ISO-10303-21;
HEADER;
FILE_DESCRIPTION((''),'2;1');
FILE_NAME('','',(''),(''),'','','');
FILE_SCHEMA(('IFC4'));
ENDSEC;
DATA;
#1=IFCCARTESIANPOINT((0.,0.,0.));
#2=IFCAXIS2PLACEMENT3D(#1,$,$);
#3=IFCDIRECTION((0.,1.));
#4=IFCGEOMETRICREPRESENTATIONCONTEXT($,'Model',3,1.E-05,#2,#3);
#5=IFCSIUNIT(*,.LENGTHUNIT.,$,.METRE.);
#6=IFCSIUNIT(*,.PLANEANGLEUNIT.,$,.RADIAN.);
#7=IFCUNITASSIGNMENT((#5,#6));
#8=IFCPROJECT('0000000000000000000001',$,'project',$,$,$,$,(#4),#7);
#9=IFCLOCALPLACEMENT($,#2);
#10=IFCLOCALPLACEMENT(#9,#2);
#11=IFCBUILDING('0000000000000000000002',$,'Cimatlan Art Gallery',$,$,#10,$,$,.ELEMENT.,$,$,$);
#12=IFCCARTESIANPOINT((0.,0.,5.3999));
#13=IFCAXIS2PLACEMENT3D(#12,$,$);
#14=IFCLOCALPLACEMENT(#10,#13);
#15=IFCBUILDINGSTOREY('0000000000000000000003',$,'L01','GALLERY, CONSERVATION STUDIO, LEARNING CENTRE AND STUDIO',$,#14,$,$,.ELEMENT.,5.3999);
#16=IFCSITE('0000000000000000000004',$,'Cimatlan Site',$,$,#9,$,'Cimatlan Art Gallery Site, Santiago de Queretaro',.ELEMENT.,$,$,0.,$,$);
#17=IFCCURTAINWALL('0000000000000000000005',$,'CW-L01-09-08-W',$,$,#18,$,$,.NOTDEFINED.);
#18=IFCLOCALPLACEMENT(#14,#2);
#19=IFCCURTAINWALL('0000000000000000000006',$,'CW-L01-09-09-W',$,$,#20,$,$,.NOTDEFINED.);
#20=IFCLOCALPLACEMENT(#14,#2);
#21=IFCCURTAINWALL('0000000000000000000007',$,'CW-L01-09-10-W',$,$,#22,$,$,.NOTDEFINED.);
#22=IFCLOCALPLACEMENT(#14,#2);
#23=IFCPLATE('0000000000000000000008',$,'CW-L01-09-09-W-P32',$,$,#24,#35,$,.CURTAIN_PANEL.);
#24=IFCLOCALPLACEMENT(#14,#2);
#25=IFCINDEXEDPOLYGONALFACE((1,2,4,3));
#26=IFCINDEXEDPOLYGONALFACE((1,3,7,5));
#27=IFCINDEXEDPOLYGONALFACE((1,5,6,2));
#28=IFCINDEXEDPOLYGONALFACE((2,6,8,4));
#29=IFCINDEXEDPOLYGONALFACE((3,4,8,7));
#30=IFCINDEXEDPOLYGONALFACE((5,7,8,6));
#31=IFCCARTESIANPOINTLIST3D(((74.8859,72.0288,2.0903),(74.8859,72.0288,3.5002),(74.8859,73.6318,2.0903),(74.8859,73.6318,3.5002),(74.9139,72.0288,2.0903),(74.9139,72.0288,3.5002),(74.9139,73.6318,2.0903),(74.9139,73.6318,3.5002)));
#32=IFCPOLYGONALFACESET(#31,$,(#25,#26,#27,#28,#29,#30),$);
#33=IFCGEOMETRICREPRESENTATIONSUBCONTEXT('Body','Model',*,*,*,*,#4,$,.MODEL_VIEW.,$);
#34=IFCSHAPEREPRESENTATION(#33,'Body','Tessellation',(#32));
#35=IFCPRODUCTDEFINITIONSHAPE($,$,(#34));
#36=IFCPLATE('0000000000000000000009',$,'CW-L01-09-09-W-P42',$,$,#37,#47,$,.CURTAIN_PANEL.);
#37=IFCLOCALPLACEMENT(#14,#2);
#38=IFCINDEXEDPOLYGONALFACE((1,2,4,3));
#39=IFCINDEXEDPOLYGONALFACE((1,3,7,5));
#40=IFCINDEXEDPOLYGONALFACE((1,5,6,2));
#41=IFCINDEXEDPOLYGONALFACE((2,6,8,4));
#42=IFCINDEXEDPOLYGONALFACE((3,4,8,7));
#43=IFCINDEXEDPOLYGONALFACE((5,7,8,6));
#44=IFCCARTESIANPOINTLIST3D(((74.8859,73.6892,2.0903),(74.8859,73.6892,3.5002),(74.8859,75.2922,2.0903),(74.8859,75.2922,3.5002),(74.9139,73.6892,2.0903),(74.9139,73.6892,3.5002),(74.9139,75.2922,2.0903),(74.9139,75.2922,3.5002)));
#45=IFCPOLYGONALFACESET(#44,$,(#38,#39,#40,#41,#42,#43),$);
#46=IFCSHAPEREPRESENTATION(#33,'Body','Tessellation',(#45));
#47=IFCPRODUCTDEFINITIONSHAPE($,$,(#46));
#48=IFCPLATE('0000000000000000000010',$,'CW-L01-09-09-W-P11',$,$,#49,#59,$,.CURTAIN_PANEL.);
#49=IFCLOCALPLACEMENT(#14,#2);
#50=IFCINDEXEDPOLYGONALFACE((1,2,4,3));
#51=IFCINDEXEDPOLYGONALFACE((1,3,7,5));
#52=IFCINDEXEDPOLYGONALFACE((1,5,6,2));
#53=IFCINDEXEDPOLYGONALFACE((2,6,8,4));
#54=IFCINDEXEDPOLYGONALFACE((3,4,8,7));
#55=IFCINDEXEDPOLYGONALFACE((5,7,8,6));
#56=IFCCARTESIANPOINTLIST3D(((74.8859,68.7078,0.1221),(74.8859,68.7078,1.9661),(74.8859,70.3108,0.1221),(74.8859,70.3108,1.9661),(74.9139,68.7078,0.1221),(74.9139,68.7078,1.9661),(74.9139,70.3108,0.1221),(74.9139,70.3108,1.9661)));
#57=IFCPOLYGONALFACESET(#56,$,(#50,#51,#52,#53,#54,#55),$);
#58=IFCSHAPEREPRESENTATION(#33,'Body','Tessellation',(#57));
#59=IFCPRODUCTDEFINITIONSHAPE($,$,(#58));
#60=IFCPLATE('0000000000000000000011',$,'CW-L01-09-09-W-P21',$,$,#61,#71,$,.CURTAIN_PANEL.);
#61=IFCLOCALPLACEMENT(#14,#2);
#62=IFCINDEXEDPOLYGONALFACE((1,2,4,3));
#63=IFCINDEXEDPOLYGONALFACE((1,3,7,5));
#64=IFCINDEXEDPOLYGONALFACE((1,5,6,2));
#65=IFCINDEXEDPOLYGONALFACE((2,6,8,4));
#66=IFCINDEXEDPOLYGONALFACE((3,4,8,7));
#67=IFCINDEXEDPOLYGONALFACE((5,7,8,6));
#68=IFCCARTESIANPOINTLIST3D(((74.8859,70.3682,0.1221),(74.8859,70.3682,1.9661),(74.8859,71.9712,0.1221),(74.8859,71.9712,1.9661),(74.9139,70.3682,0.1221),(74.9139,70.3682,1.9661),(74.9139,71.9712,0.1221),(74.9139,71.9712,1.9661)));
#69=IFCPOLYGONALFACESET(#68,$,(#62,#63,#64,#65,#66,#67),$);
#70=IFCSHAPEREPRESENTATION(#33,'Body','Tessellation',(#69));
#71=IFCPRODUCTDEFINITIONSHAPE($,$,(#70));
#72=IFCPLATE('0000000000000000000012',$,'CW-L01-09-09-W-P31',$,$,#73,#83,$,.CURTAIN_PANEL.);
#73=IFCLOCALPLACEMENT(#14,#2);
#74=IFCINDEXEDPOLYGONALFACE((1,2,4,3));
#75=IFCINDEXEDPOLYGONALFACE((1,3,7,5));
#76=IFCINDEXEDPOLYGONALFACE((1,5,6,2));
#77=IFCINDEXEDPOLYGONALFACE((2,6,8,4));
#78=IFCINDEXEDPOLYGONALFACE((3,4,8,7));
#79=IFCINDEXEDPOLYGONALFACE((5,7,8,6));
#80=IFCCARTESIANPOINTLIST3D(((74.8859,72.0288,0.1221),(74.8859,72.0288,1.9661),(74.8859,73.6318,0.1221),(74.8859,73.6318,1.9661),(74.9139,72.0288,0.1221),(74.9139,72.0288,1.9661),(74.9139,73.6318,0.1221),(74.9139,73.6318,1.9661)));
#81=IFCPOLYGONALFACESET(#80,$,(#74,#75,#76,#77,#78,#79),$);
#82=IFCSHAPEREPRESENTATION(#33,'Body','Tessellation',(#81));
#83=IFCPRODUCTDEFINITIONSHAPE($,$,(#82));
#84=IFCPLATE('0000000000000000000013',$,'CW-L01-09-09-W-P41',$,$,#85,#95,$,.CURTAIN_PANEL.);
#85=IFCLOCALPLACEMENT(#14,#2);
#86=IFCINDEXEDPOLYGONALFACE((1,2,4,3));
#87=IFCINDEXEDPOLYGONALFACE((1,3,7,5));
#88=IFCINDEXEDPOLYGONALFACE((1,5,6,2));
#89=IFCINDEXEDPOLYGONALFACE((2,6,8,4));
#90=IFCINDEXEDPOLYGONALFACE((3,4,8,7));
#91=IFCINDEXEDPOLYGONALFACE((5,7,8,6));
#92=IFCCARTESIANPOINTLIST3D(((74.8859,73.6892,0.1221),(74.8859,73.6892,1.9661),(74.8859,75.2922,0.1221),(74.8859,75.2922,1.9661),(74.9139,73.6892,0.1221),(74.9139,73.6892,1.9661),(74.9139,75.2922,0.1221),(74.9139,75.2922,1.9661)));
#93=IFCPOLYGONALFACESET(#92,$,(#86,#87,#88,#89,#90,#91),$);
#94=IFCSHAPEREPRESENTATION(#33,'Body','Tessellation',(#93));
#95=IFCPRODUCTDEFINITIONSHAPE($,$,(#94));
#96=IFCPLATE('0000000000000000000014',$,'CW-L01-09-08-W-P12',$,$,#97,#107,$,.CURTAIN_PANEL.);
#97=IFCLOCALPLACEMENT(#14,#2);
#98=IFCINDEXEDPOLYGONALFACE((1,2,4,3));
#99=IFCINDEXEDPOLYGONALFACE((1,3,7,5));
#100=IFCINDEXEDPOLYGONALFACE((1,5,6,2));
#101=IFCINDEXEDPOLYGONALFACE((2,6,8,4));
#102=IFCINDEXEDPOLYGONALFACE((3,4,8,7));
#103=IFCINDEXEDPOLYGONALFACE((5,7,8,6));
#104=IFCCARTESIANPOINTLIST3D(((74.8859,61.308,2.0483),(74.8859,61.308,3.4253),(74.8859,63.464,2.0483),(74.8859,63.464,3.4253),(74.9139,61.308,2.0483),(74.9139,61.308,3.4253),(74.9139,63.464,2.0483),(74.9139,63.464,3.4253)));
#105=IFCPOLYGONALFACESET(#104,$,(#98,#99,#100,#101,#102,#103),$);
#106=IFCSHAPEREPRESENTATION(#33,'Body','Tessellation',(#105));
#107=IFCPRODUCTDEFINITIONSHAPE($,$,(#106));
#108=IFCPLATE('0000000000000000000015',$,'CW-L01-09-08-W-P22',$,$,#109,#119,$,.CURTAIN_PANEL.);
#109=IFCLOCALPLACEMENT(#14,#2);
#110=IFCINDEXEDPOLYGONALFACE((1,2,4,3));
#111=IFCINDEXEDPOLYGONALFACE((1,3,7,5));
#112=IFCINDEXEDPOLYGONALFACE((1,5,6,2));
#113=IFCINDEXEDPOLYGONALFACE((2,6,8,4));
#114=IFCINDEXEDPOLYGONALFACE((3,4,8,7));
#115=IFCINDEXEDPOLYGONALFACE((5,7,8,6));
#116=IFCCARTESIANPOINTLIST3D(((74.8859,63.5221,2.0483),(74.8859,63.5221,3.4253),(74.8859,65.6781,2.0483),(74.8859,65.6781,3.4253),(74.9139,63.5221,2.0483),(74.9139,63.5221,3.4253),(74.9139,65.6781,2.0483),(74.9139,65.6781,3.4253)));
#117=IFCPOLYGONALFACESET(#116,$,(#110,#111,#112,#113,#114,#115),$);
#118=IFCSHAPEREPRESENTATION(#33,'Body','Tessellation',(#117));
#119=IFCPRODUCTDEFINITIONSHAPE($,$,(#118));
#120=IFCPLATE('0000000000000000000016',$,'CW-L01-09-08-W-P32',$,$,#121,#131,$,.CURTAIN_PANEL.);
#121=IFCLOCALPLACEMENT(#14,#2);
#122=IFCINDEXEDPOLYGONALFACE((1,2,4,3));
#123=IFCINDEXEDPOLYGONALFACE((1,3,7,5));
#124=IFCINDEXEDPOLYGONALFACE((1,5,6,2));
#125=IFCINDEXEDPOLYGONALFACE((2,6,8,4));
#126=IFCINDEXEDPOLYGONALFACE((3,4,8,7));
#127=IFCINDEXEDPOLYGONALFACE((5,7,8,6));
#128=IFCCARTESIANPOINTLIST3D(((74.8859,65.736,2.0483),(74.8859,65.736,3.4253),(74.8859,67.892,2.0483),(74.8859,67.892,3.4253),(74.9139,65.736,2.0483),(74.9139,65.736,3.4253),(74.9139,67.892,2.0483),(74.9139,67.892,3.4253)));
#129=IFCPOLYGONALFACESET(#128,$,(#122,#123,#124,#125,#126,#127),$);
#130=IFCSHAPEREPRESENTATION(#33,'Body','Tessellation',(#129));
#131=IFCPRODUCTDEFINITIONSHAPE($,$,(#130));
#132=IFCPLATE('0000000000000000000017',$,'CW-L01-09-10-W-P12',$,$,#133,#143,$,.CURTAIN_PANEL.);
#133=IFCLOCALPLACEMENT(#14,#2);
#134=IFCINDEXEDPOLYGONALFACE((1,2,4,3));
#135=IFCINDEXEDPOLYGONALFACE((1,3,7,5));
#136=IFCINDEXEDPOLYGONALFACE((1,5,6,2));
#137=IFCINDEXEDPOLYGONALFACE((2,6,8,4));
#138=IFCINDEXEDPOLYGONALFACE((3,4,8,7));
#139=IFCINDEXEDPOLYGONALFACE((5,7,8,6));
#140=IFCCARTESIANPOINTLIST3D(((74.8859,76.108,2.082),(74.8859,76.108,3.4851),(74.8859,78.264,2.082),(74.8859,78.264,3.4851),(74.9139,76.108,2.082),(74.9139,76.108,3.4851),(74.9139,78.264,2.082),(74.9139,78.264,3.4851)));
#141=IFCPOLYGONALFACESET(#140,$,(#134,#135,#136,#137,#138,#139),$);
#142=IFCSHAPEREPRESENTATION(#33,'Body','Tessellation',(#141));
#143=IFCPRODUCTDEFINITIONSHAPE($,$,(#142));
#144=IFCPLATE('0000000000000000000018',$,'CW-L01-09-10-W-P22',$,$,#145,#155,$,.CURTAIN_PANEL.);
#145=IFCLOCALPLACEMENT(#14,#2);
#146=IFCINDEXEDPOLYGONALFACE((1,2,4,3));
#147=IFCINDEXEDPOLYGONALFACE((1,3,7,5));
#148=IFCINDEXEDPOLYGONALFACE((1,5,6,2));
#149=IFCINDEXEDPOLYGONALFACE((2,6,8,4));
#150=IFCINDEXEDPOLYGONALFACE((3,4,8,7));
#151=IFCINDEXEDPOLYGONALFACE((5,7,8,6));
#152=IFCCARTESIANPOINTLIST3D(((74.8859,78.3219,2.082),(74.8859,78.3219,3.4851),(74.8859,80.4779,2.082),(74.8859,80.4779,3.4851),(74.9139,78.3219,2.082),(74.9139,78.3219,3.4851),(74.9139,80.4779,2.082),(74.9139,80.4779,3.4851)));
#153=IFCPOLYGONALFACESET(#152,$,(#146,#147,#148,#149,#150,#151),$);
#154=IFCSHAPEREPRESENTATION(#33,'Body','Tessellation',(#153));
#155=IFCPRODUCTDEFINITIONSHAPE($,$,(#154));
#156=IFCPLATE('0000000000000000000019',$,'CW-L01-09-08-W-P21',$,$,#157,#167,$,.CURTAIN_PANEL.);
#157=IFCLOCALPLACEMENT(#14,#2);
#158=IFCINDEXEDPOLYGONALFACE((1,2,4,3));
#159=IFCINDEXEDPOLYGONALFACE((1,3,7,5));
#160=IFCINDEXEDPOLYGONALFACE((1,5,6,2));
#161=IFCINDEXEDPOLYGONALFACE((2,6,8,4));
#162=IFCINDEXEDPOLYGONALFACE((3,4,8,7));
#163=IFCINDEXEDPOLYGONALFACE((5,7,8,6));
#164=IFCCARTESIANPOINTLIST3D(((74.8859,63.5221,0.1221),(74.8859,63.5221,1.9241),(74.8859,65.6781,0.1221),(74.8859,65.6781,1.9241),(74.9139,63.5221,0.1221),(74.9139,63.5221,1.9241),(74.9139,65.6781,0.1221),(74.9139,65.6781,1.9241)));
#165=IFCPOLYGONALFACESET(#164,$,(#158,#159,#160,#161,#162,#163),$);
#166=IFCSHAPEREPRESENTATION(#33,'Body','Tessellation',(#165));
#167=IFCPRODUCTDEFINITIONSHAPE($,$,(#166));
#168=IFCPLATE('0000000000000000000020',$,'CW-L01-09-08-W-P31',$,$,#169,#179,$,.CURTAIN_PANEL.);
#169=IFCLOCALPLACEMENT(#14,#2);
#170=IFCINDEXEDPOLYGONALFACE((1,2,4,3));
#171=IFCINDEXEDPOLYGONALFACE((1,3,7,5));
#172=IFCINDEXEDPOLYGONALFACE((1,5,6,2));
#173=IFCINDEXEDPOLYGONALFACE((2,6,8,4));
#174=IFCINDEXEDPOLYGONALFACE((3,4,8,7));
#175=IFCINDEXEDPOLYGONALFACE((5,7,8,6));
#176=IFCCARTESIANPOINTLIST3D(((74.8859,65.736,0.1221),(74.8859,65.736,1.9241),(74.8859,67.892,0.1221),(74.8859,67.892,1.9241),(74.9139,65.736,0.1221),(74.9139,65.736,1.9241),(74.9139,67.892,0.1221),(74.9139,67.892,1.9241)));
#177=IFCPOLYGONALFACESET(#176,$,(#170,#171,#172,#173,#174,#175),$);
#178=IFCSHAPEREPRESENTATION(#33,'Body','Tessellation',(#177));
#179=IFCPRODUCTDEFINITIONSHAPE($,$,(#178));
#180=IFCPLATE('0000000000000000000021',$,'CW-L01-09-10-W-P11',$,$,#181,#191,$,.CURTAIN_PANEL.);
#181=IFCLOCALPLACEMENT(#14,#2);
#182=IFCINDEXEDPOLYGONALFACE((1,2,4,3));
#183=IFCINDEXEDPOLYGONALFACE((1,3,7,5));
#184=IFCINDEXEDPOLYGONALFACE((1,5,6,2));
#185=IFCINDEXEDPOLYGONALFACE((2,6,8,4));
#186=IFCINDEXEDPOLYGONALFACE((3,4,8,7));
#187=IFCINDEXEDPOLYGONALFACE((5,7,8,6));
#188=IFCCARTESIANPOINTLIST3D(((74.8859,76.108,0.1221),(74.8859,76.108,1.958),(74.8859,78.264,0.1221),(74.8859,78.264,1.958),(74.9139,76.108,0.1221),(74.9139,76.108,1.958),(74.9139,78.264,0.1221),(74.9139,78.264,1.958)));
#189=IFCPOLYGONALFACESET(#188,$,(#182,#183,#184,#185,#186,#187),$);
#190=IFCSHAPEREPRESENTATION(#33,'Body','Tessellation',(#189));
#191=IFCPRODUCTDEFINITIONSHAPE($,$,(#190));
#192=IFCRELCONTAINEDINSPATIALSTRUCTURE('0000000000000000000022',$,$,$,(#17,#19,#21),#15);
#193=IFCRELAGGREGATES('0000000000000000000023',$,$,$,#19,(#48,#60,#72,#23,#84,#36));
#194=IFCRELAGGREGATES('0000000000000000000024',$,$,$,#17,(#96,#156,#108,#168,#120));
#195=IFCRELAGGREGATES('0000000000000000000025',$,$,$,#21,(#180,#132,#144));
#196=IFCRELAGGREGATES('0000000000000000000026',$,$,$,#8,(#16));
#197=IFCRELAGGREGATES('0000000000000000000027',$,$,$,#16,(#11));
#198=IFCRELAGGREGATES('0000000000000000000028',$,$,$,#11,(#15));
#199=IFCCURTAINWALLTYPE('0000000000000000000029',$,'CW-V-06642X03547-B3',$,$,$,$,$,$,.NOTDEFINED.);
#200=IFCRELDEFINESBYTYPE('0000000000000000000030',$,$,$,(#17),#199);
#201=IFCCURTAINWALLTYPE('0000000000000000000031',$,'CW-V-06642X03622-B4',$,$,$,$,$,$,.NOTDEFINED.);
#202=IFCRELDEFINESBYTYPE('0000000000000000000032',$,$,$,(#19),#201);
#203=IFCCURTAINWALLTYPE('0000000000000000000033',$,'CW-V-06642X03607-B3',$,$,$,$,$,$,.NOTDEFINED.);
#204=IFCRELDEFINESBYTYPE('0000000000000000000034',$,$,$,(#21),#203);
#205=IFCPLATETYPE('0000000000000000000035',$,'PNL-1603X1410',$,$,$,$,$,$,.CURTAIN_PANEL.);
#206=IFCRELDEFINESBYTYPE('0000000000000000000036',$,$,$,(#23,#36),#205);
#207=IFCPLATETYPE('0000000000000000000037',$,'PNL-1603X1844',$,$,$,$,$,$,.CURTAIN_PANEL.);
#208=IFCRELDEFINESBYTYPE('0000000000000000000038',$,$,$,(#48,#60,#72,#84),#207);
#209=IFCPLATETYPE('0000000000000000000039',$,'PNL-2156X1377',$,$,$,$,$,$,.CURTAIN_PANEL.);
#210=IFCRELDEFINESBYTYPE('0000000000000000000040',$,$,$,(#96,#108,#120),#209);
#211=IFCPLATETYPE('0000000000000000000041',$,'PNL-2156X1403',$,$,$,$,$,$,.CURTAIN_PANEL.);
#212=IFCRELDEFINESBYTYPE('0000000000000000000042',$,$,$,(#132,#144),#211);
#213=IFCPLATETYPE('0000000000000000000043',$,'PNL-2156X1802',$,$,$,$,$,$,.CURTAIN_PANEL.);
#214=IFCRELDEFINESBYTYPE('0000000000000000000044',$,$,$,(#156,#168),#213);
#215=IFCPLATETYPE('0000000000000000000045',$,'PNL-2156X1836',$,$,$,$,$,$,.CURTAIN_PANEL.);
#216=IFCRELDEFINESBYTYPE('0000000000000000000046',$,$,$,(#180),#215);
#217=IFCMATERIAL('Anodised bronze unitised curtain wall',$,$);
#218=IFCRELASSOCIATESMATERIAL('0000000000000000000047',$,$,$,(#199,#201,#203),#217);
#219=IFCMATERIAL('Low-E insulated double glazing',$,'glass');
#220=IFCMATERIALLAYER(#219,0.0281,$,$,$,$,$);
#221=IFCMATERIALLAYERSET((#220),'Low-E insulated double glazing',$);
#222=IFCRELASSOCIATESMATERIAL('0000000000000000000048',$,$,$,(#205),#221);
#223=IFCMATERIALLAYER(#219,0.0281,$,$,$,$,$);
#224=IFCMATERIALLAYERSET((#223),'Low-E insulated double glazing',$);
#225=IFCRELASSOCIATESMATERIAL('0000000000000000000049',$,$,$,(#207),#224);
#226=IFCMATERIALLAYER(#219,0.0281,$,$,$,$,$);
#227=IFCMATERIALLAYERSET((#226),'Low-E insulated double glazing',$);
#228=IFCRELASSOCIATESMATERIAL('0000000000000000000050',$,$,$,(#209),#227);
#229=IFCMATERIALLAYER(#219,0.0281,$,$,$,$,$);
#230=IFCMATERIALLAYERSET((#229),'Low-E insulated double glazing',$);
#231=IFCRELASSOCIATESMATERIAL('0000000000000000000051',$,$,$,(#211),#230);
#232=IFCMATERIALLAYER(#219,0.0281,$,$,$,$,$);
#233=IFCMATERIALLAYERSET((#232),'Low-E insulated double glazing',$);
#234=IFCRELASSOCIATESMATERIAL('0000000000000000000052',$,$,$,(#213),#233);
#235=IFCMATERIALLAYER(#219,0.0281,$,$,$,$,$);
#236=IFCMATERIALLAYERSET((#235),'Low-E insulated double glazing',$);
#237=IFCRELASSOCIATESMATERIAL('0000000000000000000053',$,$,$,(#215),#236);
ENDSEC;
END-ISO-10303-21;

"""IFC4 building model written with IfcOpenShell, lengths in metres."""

from ifc_helpers import new_model, si_unit, direction, frame, origin, origin_2d, place, context, subcontext, project, spatial, rectangle, extrude, material, layer, layer_set, type_object, element, aggregate, save


model = new_model("IFC4")

# Units and contexts
model_context = context("Model", 3, precision=1e-05, world=origin(), true_north=direction((0.0, 1.0)))
body_context = subcontext(model_context, "Body", "Model", "MODEL_VIEW")
ifc_project = project(units=[si_unit("LENGTHUNIT", "METRE"), si_unit("PLANEANGLEUNIT", "RADIAN")], contexts=[model_context])

# Site, building, storey
site_placement = place(None, origin())
site = spatial("IfcSite", under=ifc_project, at=site_placement, Name="Cimatlan Site", LongName="Cimatlan Art Gallery Site, Santiago de Queretaro", CompositionType="ELEMENT", RefElevation=0.0)
building_placement = place(site_placement, origin())
building = spatial("IfcBuilding", under=site, at=building_placement, Name="Cimatlan Art Gallery", CompositionType="ELEMENT")
storey_placement = place(building_placement, frame((0.0, 0.0, 5.3999)))
storey = spatial("IfcBuildingStorey", under=building, at=storey_placement, Name="L01", Description="GALLERY, CONSERVATION STUDIO, LEARNING CENTRE AND STUDIO", CompositionType="ELEMENT", Elevation=5.3999)

# Curtain walls
ifc_material_1 = material(Name="Anodised bronze unitised curtain wall")
curtain_wall_type_1 = type_object("IfcCurtainWallType", Name="CW-V-06642X03547-B3", PredefinedType="NOTDEFINED", material=ifc_material_1)
curtain_wall_1_placement = place(storey_placement, origin())
curtain_wall_1 = element("IfcCurtainWall", 1, at=curtain_wall_1_placement, inside=storey, type_object=curtain_wall_type_1, Name="CW-L01-09-08-W", PredefinedType="NOTDEFINED")
curtain_wall_type_2 = type_object("IfcCurtainWallType", Name="CW-V-06642X03622-B4", PredefinedType="NOTDEFINED", material=ifc_material_1)
curtain_wall_2_placement = place(storey_placement, origin())
curtain_wall_2 = element("IfcCurtainWall", 2, at=curtain_wall_2_placement, inside=storey, type_object=curtain_wall_type_2, Name="CW-L01-09-09-W", PredefinedType="NOTDEFINED")
curtain_wall_type_3 = type_object("IfcCurtainWallType", Name="CW-V-06642X03607-B3", PredefinedType="NOTDEFINED", material=ifc_material_1)
curtain_wall_3_placement = place(storey_placement, origin())
curtain_wall_3 = element("IfcCurtainWall", 3, at=curtain_wall_3_placement, inside=storey, type_object=curtain_wall_type_3, Name="CW-L01-09-10-W", PredefinedType="NOTDEFINED")

# Plates
ifc_material_2 = material(Name="Low-E insulated double glazing", Category="glass")
ifc_layer_1 = layer(ifc_material_2, 0.0281)
ifc_layer_set_1 = layer_set([ifc_layer_1], Name="Low-E insulated double glazing")
plate_type_1 = type_object("IfcPlateType", Name="PNL-1603X1410", PredefinedType="CURTAIN_PANEL", material=ifc_layer_set_1)
plate_1_placement = place(storey_placement, frame((74.8999, 72.8303, 2.0903), z_axis=(0.0, 0.0, 1.0), x_axis=(0.0, 1.0, 0.0)))
plate_1 = element("IfcPlate", 4, at=plate_1_placement, type_object=plate_type_1, Name="CW-L01-09-09-W-P32", PredefinedType="CURTAIN_PANEL", context=body_context, shape_type="SweptSolid", body=[
    extrude(rectangle(XDim=1.603, YDim=0.0281, at=origin_2d()), origin(), (0.0, 0.0, 1.0), 1.4099),
])
plate_2_placement = place(storey_placement, frame((74.8999, 74.4907, 2.0903), z_axis=(0.0, 0.0, 1.0), x_axis=(0.0, 1.0, 0.0)))
plate_2 = element("IfcPlate", 5, at=plate_2_placement, type_object=plate_type_1, Name="CW-L01-09-09-W-P42", PredefinedType="CURTAIN_PANEL", context=body_context, shape_type="SweptSolid", body=[
    extrude(rectangle(XDim=1.603, YDim=0.0281, at=origin_2d()), origin(), (0.0, 0.0, 1.0), 1.4099),
])
ifc_layer_2 = layer(ifc_material_2, 0.0281)
ifc_layer_set_2 = layer_set([ifc_layer_2], Name="Low-E insulated double glazing")
plate_type_2 = type_object("IfcPlateType", Name="PNL-1603X1844", PredefinedType="CURTAIN_PANEL", material=ifc_layer_set_2)
plate_3_placement = place(storey_placement, frame((74.8999, 69.5093, 0.1221), z_axis=(0.0, 0.0, 1.0), x_axis=(0.0, 1.0, 0.0)))
plate_3 = element("IfcPlate", 6, at=plate_3_placement, type_object=plate_type_2, Name="CW-L01-09-09-W-P11", PredefinedType="CURTAIN_PANEL", context=body_context, shape_type="SweptSolid", body=[
    extrude(rectangle(XDim=1.603, YDim=0.0281, at=origin_2d()), origin(), (0.0, 0.0, 1.0), 1.844),
])
plate_4_placement = place(storey_placement, frame((74.8999, 71.1697, 0.1221), z_axis=(0.0, 0.0, 1.0), x_axis=(0.0, 1.0, 0.0)))
plate_4 = element("IfcPlate", 7, at=plate_4_placement, type_object=plate_type_2, Name="CW-L01-09-09-W-P21", PredefinedType="CURTAIN_PANEL", context=body_context, shape_type="SweptSolid", body=[
    extrude(rectangle(XDim=1.603, YDim=0.0281, at=origin_2d()), origin(), (0.0, 0.0, 1.0), 1.844),
])
plate_5_placement = place(storey_placement, frame((74.8999, 72.8303, 0.1221), z_axis=(0.0, 0.0, 1.0), x_axis=(0.0, 1.0, 0.0)))
plate_5 = element("IfcPlate", 8, at=plate_5_placement, type_object=plate_type_2, Name="CW-L01-09-09-W-P31", PredefinedType="CURTAIN_PANEL", context=body_context, shape_type="SweptSolid", body=[
    extrude(rectangle(XDim=1.603, YDim=0.0281, at=origin_2d()), origin(), (0.0, 0.0, 1.0), 1.844),
])
plate_6_placement = place(storey_placement, frame((74.8999, 74.4907, 0.1221), z_axis=(0.0, 0.0, 1.0), x_axis=(0.0, 1.0, 0.0)))
plate_6 = element("IfcPlate", 9, at=plate_6_placement, type_object=plate_type_2, Name="CW-L01-09-09-W-P41", PredefinedType="CURTAIN_PANEL", context=body_context, shape_type="SweptSolid", body=[
    extrude(rectangle(XDim=1.603, YDim=0.0281, at=origin_2d()), origin(), (0.0, 0.0, 1.0), 1.844),
])
aggregate(curtain_wall_2, [plate_3, plate_4, plate_5, plate_1, plate_6, plate_2])
ifc_layer_3 = layer(ifc_material_2, 0.0281)
ifc_layer_set_3 = layer_set([ifc_layer_3], Name="Low-E insulated double glazing")
plate_type_3 = type_object("IfcPlateType", Name="PNL-2156X1377", PredefinedType="CURTAIN_PANEL", material=ifc_layer_set_3)
plate_7_placement = place(storey_placement, frame((74.8999, 62.386, 2.0483), z_axis=(0.0, 0.0, 1.0), x_axis=(0.0, 1.0, 0.0)))
plate_7 = element("IfcPlate", 10, at=plate_7_placement, type_object=plate_type_3, Name="CW-L01-09-08-W-P12", PredefinedType="CURTAIN_PANEL", context=body_context, shape_type="SweptSolid", body=[
    extrude(rectangle(XDim=2.156, YDim=0.0281, at=origin_2d()), origin(), (0.0, 0.0, 1.0), 1.377),
])
plate_8_placement = place(storey_placement, frame((74.8999, 64.6001, 2.0483), z_axis=(0.0, 0.0, 1.0), x_axis=(0.0, 1.0, 0.0)))
plate_8 = element("IfcPlate", 11, at=plate_8_placement, type_object=plate_type_3, Name="CW-L01-09-08-W-P22", PredefinedType="CURTAIN_PANEL", context=body_context, shape_type="SweptSolid", body=[
    extrude(rectangle(XDim=2.156, YDim=0.0281, at=origin_2d()), origin(), (0.0, 0.0, 1.0), 1.377),
])
plate_9_placement = place(storey_placement, frame((74.8999, 66.814, 2.0483), z_axis=(0.0, 0.0, 1.0), x_axis=(0.0, 1.0, 0.0)))
plate_9 = element("IfcPlate", 12, at=plate_9_placement, type_object=plate_type_3, Name="CW-L01-09-08-W-P32", PredefinedType="CURTAIN_PANEL", context=body_context, shape_type="SweptSolid", body=[
    extrude(rectangle(XDim=2.156, YDim=0.0281, at=origin_2d()), origin(), (0.0, 0.0, 1.0), 1.377),
])
ifc_layer_4 = layer(ifc_material_2, 0.0281)
ifc_layer_set_4 = layer_set([ifc_layer_4], Name="Low-E insulated double glazing")
plate_type_4 = type_object("IfcPlateType", Name="PNL-2156X1403", PredefinedType="CURTAIN_PANEL", material=ifc_layer_set_4)
plate_10_placement = place(storey_placement, frame((74.8999, 77.186, 2.082), z_axis=(0.0, 0.0, 1.0), x_axis=(0.0, 1.0, 0.0)))
plate_10 = element("IfcPlate", 13, at=plate_10_placement, type_object=plate_type_4, Name="CW-L01-09-10-W-P12", PredefinedType="CURTAIN_PANEL", context=body_context, shape_type="SweptSolid", body=[
    extrude(rectangle(XDim=2.156, YDim=0.0281, at=origin_2d()), origin(), (0.0, 0.0, 1.0), 1.4031),
])
plate_11_placement = place(storey_placement, frame((74.8999, 79.3999, 2.082), z_axis=(0.0, 0.0, 1.0), x_axis=(0.0, 1.0, 0.0)))
plate_11 = element("IfcPlate", 14, at=plate_11_placement, type_object=plate_type_4, Name="CW-L01-09-10-W-P22", PredefinedType="CURTAIN_PANEL", context=body_context, shape_type="SweptSolid", body=[
    extrude(rectangle(XDim=2.156, YDim=0.0281, at=origin_2d()), origin(), (0.0, 0.0, 1.0), 1.4031),
])
ifc_layer_5 = layer(ifc_material_2, 0.0281)
ifc_layer_set_5 = layer_set([ifc_layer_5], Name="Low-E insulated double glazing")
plate_type_5 = type_object("IfcPlateType", Name="PNL-2156X1802", PredefinedType="CURTAIN_PANEL", material=ifc_layer_set_5)
plate_12_placement = place(storey_placement, frame((74.8999, 64.6001, 0.1221), z_axis=(0.0, 0.0, 1.0), x_axis=(0.0, 1.0, 0.0)))
plate_12 = element("IfcPlate", 15, at=plate_12_placement, type_object=plate_type_5, Name="CW-L01-09-08-W-P21", PredefinedType="CURTAIN_PANEL", context=body_context, shape_type="SweptSolid", body=[
    extrude(rectangle(XDim=2.156, YDim=0.0281, at=origin_2d()), origin(), (0.0, 0.0, 1.0), 1.802),
])
plate_13_placement = place(storey_placement, frame((74.8999, 66.814, 0.1221), z_axis=(0.0, 0.0, 1.0), x_axis=(0.0, 1.0, 0.0)))
plate_13 = element("IfcPlate", 16, at=plate_13_placement, type_object=plate_type_5, Name="CW-L01-09-08-W-P31", PredefinedType="CURTAIN_PANEL", context=body_context, shape_type="SweptSolid", body=[
    extrude(rectangle(XDim=2.156, YDim=0.0281, at=origin_2d()), origin(), (0.0, 0.0, 1.0), 1.802),
])
aggregate(curtain_wall_1, [plate_7, plate_12, plate_8, plate_13, plate_9])
ifc_layer_6 = layer(ifc_material_2, 0.0281)
ifc_layer_set_6 = layer_set([ifc_layer_6], Name="Low-E insulated double glazing")
plate_type_6 = type_object("IfcPlateType", Name="PNL-2156X1836", PredefinedType="CURTAIN_PANEL", material=ifc_layer_set_6)
plate_14_placement = place(storey_placement, frame((74.8999, 77.186, 0.1221), z_axis=(0.0, 0.0, 1.0), x_axis=(0.0, 1.0, 0.0)))
plate_14 = element("IfcPlate", 17, at=plate_14_placement, type_object=plate_type_6, Name="CW-L01-09-10-W-P11", PredefinedType="CURTAIN_PANEL", context=body_context, shape_type="SweptSolid", body=[
    extrude(rectangle(XDim=2.156, YDim=0.0281, at=origin_2d()), origin(), (0.0, 0.0, 1.0), 1.8359),
])
aggregate(curtain_wall_3, [plate_14, plate_10, plate_11])

save(model, "model.ifc")
